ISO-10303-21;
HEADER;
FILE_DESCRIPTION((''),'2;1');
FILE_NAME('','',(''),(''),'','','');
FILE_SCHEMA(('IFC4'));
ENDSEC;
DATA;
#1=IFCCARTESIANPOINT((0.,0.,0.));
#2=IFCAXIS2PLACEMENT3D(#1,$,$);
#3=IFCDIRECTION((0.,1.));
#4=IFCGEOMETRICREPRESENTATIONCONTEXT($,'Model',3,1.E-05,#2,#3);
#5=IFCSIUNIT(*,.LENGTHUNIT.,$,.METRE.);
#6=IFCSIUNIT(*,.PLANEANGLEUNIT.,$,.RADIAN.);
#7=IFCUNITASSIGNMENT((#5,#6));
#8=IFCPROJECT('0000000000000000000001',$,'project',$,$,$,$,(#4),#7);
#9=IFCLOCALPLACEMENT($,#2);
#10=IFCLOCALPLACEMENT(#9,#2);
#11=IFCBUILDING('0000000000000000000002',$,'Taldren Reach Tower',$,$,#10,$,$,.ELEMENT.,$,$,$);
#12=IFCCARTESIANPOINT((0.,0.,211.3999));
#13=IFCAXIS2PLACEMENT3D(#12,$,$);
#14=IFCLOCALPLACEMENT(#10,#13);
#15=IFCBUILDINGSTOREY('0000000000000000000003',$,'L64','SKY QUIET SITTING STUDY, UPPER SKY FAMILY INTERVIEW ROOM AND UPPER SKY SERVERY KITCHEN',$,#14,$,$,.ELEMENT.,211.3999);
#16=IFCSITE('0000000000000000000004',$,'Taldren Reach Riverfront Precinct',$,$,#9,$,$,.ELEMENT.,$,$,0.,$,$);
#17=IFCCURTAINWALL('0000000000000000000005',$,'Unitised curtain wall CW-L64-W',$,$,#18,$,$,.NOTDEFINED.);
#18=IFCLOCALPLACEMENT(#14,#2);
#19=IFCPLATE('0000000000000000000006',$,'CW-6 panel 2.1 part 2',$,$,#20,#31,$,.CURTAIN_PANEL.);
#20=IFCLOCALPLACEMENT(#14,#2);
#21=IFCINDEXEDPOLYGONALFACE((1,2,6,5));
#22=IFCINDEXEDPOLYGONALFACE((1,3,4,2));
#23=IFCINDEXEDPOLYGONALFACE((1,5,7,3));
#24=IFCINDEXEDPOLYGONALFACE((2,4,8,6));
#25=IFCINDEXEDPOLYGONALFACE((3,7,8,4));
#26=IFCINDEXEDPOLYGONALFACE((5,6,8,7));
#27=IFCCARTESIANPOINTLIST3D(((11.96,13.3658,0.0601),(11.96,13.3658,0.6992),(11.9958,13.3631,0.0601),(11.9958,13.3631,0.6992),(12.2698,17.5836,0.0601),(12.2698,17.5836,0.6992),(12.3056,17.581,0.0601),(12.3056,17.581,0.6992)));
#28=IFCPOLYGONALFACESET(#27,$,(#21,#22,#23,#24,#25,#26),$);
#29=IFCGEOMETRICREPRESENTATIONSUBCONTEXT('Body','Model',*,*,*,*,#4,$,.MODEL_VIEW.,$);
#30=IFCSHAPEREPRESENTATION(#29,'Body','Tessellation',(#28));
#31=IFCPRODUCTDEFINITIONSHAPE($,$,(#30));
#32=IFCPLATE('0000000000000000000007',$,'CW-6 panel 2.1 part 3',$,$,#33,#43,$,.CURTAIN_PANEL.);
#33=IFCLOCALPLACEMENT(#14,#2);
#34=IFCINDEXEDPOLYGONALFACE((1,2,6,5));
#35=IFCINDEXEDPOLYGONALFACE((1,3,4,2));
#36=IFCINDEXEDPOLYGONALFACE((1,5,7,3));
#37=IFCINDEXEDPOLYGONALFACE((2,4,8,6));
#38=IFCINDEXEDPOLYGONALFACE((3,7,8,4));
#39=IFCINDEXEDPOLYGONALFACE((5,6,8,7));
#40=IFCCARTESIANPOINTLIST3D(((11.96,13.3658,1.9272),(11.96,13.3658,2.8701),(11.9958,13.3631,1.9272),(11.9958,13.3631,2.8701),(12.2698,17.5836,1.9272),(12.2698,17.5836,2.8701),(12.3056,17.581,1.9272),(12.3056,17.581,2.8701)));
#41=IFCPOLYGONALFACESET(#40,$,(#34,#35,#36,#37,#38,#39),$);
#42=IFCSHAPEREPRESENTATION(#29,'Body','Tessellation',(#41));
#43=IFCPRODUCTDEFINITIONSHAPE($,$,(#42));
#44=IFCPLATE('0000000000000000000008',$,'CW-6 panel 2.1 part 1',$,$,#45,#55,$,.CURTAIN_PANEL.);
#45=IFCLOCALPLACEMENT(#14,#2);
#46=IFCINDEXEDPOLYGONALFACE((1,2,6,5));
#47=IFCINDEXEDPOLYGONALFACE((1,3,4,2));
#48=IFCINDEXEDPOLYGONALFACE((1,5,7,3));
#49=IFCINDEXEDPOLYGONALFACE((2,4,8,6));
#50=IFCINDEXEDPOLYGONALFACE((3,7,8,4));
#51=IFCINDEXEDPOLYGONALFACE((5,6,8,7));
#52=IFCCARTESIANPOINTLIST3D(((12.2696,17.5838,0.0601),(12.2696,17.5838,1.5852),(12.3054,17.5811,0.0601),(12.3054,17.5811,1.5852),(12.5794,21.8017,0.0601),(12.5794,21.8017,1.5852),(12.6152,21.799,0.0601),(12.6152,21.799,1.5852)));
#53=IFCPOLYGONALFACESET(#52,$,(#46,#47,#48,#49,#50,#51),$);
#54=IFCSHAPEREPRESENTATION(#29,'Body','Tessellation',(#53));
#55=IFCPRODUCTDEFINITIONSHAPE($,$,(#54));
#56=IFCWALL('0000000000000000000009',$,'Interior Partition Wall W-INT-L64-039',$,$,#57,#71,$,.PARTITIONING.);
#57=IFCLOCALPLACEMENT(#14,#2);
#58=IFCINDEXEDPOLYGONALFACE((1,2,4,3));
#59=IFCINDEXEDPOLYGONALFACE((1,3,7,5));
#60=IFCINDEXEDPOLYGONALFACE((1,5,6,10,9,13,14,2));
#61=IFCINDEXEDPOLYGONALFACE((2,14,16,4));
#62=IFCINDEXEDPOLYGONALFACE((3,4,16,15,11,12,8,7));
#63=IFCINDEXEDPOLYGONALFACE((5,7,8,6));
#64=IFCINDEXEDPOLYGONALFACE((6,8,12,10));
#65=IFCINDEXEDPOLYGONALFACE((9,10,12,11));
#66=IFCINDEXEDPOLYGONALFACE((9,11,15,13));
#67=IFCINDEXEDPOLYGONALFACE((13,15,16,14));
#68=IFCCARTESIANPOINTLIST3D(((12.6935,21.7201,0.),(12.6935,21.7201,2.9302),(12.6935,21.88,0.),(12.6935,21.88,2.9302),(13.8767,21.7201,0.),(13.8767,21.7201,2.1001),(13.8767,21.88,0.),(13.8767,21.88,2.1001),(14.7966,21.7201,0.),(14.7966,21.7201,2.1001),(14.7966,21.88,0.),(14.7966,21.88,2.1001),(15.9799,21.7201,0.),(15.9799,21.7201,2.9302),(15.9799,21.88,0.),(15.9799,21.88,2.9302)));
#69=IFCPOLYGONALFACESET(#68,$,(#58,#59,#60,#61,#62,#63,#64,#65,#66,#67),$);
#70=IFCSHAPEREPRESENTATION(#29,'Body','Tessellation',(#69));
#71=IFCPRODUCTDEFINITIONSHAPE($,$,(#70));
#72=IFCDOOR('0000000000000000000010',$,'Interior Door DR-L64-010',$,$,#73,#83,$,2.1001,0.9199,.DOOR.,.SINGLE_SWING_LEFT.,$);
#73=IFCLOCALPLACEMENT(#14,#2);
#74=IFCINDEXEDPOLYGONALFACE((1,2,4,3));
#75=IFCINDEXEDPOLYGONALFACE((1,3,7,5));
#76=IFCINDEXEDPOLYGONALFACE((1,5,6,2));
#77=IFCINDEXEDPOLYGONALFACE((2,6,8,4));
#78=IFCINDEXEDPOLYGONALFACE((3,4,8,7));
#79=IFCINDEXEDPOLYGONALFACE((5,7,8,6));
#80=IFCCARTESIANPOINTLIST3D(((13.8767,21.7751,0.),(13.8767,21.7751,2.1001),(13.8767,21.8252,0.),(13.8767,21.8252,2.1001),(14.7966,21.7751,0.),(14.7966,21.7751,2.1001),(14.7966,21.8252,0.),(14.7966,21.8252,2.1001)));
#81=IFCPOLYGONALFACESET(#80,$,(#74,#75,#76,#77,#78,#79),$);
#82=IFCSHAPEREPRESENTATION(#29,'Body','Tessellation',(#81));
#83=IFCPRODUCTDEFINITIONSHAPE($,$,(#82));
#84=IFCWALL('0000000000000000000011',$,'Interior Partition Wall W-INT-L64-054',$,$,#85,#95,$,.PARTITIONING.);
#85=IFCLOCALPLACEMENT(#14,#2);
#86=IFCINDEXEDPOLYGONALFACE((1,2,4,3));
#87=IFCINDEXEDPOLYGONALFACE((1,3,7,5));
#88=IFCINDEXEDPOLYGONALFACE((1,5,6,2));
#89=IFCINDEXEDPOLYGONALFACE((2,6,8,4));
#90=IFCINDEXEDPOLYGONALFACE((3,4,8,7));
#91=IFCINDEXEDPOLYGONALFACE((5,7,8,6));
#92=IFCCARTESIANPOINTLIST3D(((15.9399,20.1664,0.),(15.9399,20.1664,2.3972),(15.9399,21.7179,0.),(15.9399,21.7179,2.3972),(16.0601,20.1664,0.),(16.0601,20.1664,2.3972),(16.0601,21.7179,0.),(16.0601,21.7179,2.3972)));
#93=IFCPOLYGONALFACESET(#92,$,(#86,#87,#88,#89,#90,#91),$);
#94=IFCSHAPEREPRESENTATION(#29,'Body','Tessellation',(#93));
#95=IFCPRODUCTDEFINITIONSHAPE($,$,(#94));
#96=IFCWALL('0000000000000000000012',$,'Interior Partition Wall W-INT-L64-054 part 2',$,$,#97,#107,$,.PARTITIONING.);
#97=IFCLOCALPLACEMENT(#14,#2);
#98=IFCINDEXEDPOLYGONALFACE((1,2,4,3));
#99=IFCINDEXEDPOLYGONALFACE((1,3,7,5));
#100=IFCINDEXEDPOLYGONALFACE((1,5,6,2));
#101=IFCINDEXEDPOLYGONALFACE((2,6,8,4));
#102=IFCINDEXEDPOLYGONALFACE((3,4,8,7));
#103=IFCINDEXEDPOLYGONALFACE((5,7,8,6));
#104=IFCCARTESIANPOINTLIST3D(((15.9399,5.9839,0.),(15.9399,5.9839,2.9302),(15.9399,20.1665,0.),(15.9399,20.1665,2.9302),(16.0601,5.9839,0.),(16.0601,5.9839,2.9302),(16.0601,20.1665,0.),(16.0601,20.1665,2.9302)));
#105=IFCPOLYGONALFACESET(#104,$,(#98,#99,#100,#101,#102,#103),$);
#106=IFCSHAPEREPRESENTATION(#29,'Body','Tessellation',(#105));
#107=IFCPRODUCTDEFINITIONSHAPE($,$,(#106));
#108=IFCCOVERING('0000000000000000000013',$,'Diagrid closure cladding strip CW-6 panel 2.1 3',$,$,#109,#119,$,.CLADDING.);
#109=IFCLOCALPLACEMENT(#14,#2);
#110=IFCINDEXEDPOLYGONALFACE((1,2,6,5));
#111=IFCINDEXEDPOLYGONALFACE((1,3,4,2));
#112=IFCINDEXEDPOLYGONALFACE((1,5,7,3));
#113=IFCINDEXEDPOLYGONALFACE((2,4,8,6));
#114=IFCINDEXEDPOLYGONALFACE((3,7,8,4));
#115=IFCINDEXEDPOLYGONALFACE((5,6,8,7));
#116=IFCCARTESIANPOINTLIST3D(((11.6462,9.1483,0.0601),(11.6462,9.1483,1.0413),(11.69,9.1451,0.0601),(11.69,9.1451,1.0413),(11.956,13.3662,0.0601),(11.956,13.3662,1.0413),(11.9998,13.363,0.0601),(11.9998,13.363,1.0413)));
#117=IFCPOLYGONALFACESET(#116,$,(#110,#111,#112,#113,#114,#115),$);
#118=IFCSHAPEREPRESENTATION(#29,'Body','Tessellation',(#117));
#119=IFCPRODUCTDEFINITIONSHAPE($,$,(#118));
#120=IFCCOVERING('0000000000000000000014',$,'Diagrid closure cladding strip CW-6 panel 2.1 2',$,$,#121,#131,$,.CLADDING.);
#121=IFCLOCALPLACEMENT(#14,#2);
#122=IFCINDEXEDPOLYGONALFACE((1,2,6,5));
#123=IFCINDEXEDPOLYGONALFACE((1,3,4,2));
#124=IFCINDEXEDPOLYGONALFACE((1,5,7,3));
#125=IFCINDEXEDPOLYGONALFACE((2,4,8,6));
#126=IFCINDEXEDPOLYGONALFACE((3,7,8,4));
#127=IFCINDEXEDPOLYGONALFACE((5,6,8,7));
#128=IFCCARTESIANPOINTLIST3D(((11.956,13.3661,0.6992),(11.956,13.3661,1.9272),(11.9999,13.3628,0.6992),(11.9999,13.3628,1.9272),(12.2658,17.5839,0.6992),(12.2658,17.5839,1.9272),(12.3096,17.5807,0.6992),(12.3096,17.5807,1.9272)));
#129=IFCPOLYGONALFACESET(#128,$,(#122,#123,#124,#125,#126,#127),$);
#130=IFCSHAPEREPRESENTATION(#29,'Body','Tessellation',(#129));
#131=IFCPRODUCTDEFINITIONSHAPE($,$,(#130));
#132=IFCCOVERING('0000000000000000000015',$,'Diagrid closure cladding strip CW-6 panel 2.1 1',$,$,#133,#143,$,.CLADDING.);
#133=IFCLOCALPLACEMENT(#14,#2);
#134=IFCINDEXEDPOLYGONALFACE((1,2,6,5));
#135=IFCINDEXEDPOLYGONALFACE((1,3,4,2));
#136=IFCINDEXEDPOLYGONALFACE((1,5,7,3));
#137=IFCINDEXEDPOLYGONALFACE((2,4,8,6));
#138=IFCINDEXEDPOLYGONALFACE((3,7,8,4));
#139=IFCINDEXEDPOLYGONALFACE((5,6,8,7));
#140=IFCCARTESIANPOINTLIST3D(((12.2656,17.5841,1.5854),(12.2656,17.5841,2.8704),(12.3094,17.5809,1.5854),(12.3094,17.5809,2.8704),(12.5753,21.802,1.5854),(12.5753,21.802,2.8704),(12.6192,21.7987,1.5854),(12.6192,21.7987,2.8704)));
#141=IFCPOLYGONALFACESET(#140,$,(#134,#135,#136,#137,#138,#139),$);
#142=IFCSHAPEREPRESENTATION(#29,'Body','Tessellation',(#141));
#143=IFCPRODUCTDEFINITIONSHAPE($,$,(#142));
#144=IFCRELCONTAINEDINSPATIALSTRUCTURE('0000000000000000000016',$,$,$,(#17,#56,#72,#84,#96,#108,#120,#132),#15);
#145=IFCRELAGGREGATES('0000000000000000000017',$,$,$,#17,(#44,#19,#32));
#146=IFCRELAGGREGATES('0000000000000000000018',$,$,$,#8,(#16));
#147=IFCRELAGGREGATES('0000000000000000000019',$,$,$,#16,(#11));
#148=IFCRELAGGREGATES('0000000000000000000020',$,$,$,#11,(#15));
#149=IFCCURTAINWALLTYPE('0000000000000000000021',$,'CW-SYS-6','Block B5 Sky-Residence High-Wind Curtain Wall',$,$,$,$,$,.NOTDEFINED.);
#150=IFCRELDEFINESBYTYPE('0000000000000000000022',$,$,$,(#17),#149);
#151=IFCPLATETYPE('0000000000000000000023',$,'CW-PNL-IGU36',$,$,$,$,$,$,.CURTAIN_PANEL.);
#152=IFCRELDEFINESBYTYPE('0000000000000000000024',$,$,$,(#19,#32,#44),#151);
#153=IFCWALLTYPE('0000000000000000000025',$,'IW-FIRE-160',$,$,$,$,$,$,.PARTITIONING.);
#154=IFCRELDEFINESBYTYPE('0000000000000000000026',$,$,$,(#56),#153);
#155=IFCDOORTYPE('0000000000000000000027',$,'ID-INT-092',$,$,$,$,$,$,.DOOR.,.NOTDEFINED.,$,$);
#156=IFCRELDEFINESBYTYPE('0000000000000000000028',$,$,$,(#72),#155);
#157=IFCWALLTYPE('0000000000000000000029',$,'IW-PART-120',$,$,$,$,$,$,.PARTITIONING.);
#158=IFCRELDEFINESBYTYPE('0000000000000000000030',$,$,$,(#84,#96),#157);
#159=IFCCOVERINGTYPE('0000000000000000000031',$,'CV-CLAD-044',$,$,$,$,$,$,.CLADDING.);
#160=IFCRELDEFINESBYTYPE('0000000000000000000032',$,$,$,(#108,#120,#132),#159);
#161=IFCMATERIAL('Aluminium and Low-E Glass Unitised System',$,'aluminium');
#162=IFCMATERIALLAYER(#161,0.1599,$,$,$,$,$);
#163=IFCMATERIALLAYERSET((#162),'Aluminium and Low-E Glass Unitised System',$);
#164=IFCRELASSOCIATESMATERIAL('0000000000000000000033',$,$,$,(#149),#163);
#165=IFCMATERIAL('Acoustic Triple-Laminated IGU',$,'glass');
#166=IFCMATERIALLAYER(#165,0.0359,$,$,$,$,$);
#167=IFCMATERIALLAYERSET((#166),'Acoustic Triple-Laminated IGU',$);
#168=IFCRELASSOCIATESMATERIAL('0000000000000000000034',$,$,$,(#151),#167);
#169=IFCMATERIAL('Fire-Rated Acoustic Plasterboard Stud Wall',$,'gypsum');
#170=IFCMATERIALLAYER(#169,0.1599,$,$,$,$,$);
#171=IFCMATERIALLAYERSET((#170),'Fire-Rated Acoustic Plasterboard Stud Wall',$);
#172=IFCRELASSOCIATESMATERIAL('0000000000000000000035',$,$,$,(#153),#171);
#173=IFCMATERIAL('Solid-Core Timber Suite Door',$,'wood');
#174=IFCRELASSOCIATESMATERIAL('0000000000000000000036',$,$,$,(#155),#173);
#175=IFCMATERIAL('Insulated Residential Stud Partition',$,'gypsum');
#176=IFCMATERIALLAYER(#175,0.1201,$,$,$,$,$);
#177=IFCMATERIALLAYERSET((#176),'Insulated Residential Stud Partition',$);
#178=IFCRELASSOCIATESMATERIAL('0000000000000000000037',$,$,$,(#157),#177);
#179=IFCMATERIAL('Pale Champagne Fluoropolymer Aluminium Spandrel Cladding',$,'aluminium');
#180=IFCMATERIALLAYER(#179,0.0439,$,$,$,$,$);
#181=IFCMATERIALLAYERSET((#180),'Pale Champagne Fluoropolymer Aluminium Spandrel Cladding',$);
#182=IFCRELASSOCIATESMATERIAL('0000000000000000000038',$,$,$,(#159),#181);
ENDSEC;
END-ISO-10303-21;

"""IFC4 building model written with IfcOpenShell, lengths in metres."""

from ifc_helpers import new_model, si_unit, direction, frame, frame_2d, origin, origin_2d, place, context, subcontext, project, spatial, rectangle, extrude, source, transform, mapped, material, layer, layer_set, type_object, element, fill, aggregate, save


model = new_model("IFC4")

# Units and contexts
model_context = context("Model", 3, precision=1e-05, world=origin(), true_north=direction((0.0, 1.0)))
body_context = subcontext(model_context, "Body", "Model", "MODEL_VIEW")
ifc_project = project(units=[si_unit("LENGTHUNIT", "METRE"), si_unit("PLANEANGLEUNIT", "RADIAN")], contexts=[model_context])

# Site, building, storey
site_placement = place(None, origin())
site = spatial("IfcSite", under=ifc_project, at=site_placement, Name="Taldren Reach Riverfront Precinct", CompositionType="ELEMENT", RefElevation=0.0)
building_placement = place(site_placement, origin())
building = spatial("IfcBuilding", under=site, at=building_placement, Name="Taldren Reach Tower", CompositionType="ELEMENT")
storey_placement = place(building_placement, frame((0.0, 0.0, 211.3999)))
storey = spatial("IfcBuildingStorey", under=building, at=storey_placement, Name="L64", Description="SKY QUIET SITTING STUDY, UPPER SKY FAMILY INTERVIEW ROOM AND UPPER SKY SERVERY KITCHEN", CompositionType="ELEMENT", Elevation=211.3999)

# Curtain wall
ifc_material_1 = material(Name="Aluminium and Low-E Glass Unitised System", Category="aluminium")
ifc_layer_1 = layer(ifc_material_1, 0.1599)
ifc_layer_set_1 = layer_set([ifc_layer_1], Name="Aluminium and Low-E Glass Unitised System")
curtain_wall_type = type_object("IfcCurtainWallType", Name="CW-SYS-6", Description="Block B5 Sky-Residence High-Wind Curtain Wall", PredefinedType="NOTDEFINED", material=ifc_layer_set_1)
curtain_wall_placement = place(storey_placement, origin())
curtain_wall = element("IfcCurtainWall", 1, at=curtain_wall_placement, inside=storey, type_object=curtain_wall_type, Name="Unitised curtain wall CW-L64-W", PredefinedType="NOTDEFINED")

# Plates
ifc_material_2 = material(Name="Acoustic Triple-Laminated IGU", Category="glass")
ifc_layer_2 = layer(ifc_material_2, 0.0359)
ifc_layer_set_2 = layer_set([ifc_layer_2], Name="Acoustic Triple-Laminated IGU")
plate_type_1 = type_object("IfcPlateType", Name="CW-PNL-IGU36", PredefinedType="CURTAIN_PANEL", material=ifc_layer_set_2)
shared_shape_1 = source(origin(), body_context, "Body", "SweptSolid", [
    extrude(rectangle(XDim=4.2292, YDim=0.0359, at=origin_2d()), origin(), (0.0, 0.0, 1.0), 0.6392),
])
plate_1_placement = place(storey_placement, frame((12.1328, 15.4734, 0.0601), z_axis=(0.0, 0.0, 1.0), x_axis=(-0.073238, -0.997314, 0.0)))
plate_1 = element("IfcPlate", 2, at=plate_1_placement, type_object=plate_type_1, Name="CW-6 panel 2.1 part 2", PredefinedType="CURTAIN_PANEL", context=body_context, shape_type="MappedRepresentation", body=[
    mapped(shared_shape_1, transform((0.0, 0.0, 0.0), scale=1.0)),
])
shared_shape_2 = source(origin(), body_context, "Body", "SweptSolid", [
    extrude(rectangle(XDim=4.2292, YDim=0.0359, at=origin_2d()), origin(), (0.0, 0.0, 1.0), 0.9429),
])
plate_2_placement = place(storey_placement, frame((12.1328, 15.4734, 1.9272), z_axis=(0.0, 0.0, 1.0), x_axis=(-0.073238, -0.997314, 0.0)))
plate_2 = element("IfcPlate", 3, at=plate_2_placement, type_object=plate_type_1, Name="CW-6 panel 2.1 part 3", PredefinedType="CURTAIN_PANEL", context=body_context, shape_type="MappedRepresentation", body=[
    mapped(shared_shape_2, transform((0.0, 0.0, 0.0), scale=1.0)),
])
shared_shape_3 = source(origin(), body_context, "Body", "SweptSolid", [
    extrude(rectangle(XDim=4.2292, YDim=0.0359, at=origin_2d()), origin(), (0.0, 0.0, 1.0), 1.5251),
])
plate_3_placement = place(storey_placement, frame((12.4424, 19.6914, 0.0601), z_axis=(0.0, 0.0, 1.0), x_axis=(-0.073238, -0.997314, 0.0)))
plate_3 = element("IfcPlate", 4, at=plate_3_placement, type_object=plate_type_1, Name="CW-6 panel 2.1 part 1", PredefinedType="CURTAIN_PANEL", context=body_context, shape_type="MappedRepresentation", body=[
    mapped(shared_shape_3, transform((0.0, 0.0, 0.0), scale=1.0)),
])
aggregate(curtain_wall, [plate_3, plate_1, plate_2])

# Wall, opening, door
ifc_material_3 = material(Name="Fire-Rated Acoustic Plasterboard Stud Wall", Category="gypsum")
ifc_layer_3 = layer(ifc_material_3, 0.1599)
ifc_layer_set_3 = layer_set([ifc_layer_3], Name="Fire-Rated Acoustic Plasterboard Stud Wall")
wall_type_1 = type_object("IfcWallType", Name="IW-FIRE-160", PredefinedType="PARTITIONING", material=ifc_layer_set_3)
shared_shape_4 = source(origin(), body_context, "Body", "SweptSolid", [
    extrude(rectangle(XDim=3.2864, YDim=0.1599, at=frame_2d((1.6431, 0.0))), origin(), (0.0, 0.0, 1.0), 2.9302),
])
wall_1_placement = place(storey_placement, frame((15.9797, 21.8, 0.0), z_axis=(0.0, 0.0, 1.0), x_axis=(-1.0, 0.0, 0.0)))
wall_1 = element("IfcWall", 5, at=wall_1_placement, inside=storey, type_object=wall_type_1, Name="Interior Partition Wall W-INT-L64-039", PredefinedType="PARTITIONING", context=body_context, shape_type="MappedRepresentation", body=[
    mapped(shared_shape_4, transform((0.0, 0.0, 0.0), scale=1.0)),
])
shared_shape_5 = source(origin(), body_context, "Body", "SweptSolid", [
    extrude(rectangle(XDim=0.9199, YDim=2.1001, at=frame_2d((0.46, 1.05))), frame((0.0, 0.0898, 0.0), z_axis=(0.0, -1.0, 0.0), x_axis=(1.0, 0.0, 0.0)), (0.0, 0.0, 1.0), 0.1799),
])
opening_placement = place(wall_1_placement, frame((1.1831, 0.0, 0.0)))
opening = element("IfcOpeningElement", 6, at=opening_placement, cuts=wall_1, PredefinedType="OPENING", context=body_context, shape_type="MappedRepresentation", body=[
    mapped(shared_shape_5, transform((0.0, 0.0, 0.0), scale=1.0)),
])
ifc_material_4 = material(Name="Solid-Core Timber Suite Door", Category="wood")
door_type = type_object("IfcDoorType", Name="ID-INT-092", OperationType="NOTDEFINED", PredefinedType="DOOR", material=ifc_material_4)
shared_shape_6 = source(origin(), body_context, "Body", "SweptSolid", [
    extrude(rectangle(XDim=0.9199, YDim=2.1001, at=frame_2d((0.46, 1.05))), frame((0.0, 0.0249, 0.0), z_axis=(0.0, -1.0, 0.0), x_axis=(1.0, 0.0, 0.0)), (0.0, 0.0, 1.0), 0.05),
])
door_placement = place(opening_placement, origin())
door = element("IfcDoor", 7, at=door_placement, inside=storey, type_object=door_type, Name="Interior Door DR-L64-010", OperationType="SINGLE_SWING_LEFT", OverallHeight=2.1001, OverallWidth=0.9199, PredefinedType="DOOR", context=body_context, shape_type="MappedRepresentation", body=[
    mapped(shared_shape_6, transform((0.0, 0.0, 0.0), scale=1.0)),
])
fill(opening, door)

# Walls
ifc_material_5 = material(Name="Insulated Residential Stud Partition", Category="gypsum")
ifc_layer_4 = layer(ifc_material_5, 0.1201)
ifc_layer_set_4 = layer_set([ifc_layer_4], Name="Insulated Residential Stud Partition")
wall_type_2 = type_object("IfcWallType", Name="IW-PART-120", PredefinedType="PARTITIONING", material=ifc_layer_set_4)
shared_shape_7 = source(origin(), body_context, "Body", "SweptSolid", [
    extrude(rectangle(XDim=1.5515, YDim=0.1201, at=frame_2d((0.7759, 0.0))), origin(), (0.0, 0.0, 1.0), 2.3972),
])
wall_2_placement = place(storey_placement, frame((16.0, 21.718, 0.0), z_axis=(0.0, 0.0, 1.0), x_axis=(0.0, -1.0, 0.0)))
element("IfcWall", 8, at=wall_2_placement, inside=storey, type_object=wall_type_2, Name="Interior Partition Wall W-INT-L64-054", PredefinedType="PARTITIONING", context=body_context, shape_type="MappedRepresentation", body=[
    mapped(shared_shape_7, transform((0.0, 0.0, 0.0), scale=1.0)),
])
shared_shape_8 = source(origin(), body_context, "Body", "SweptSolid", [
    extrude(rectangle(XDim=14.1826, YDim=0.1201, at=frame_2d((7.0913, 0.0))), origin(), (0.0, 0.0, 1.0), 2.9302),
])
wall_3_placement = place(storey_placement, frame((16.0, 20.1665, 0.0), z_axis=(0.0, 0.0, 1.0), x_axis=(0.0, -1.0, 0.0)))
element("IfcWall", 9, at=wall_3_placement, inside=storey, type_object=wall_type_2, Name="Interior Partition Wall W-INT-L64-054 part 2", PredefinedType="PARTITIONING", context=body_context, shape_type="MappedRepresentation", body=[
    mapped(shared_shape_8, transform((0.0, 0.0, 0.0), scale=1.0)),
])

# Coverings
ifc_material_6 = material(Name="Pale Champagne Fluoropolymer Aluminium Spandrel Cladding", Category="aluminium")
ifc_layer_5 = layer(ifc_material_6, 0.0439)
ifc_layer_set_5 = layer_set([ifc_layer_5], Name="Pale Champagne Fluoropolymer Aluminium Spandrel Cladding")
covering_type = type_object("IfcCoveringType", Name="CV-CLAD-044", PredefinedType="CLADDING", material=ifc_layer_set_5)
shared_shape_9 = source(origin(), body_context, "Body", "SweptSolid", [
    extrude(rectangle(XDim=4.2292, YDim=0.0439, at=origin_2d()), origin(), (0.0, 0.0, 1.0), 0.9812),
])
covering_1_placement = place(storey_placement, frame((11.823, 11.2556, 0.0601), z_axis=(0.0, 0.0, 1.0), x_axis=(-0.073238, -0.997314, 0.0)))
element("IfcCovering", 10, at=covering_1_placement, inside=storey, type_object=covering_type, Name="Diagrid closure cladding strip CW-6 panel 2.1 3", PredefinedType="CLADDING", context=body_context, shape_type="MappedRepresentation", body=[
    mapped(shared_shape_9, transform((0.0, 0.0, 0.0), scale=1.0)),
])
shared_shape_10 = source(origin(), body_context, "Body", "SweptSolid", [
    extrude(rectangle(XDim=4.2292, YDim=0.0439, at=origin_2d()), origin(), (0.0, 0.0, 1.0), 1.228),
])
covering_2_placement = place(storey_placement, frame((12.1328, 15.4734, 0.6992), z_axis=(0.0, 0.0, 1.0), x_axis=(-0.073238, -0.997314, 0.0)))
element("IfcCovering", 11, at=covering_2_placement, inside=storey, type_object=covering_type, Name="Diagrid closure cladding strip CW-6 panel 2.1 2", PredefinedType="CLADDING", context=body_context, shape_type="MappedRepresentation", body=[
    mapped(shared_shape_10, transform((0.0, 0.0, 0.0), scale=1.0)),
])
shared_shape_11 = source(origin(), body_context, "Body", "SweptSolid", [
    extrude(rectangle(XDim=4.2292, YDim=0.0439, at=origin_2d()), origin(), (0.0, 0.0, 1.0), 1.2849),
])
covering_3_placement = place(storey_placement, frame((12.4424, 19.6914, 1.5854), z_axis=(0.0, 0.0, 1.0), x_axis=(-0.073238, -0.997314, 0.0)))
element("IfcCovering", 12, at=covering_3_placement, inside=storey, type_object=covering_type, Name="Diagrid closure cladding strip CW-6 panel 2.1 1", PredefinedType="CLADDING", context=body_context, shape_type="MappedRepresentation", body=[
    mapped(shared_shape_11, transform((0.0, 0.0, 0.0), scale=1.0)),
])

save(model, "model.ifc")
